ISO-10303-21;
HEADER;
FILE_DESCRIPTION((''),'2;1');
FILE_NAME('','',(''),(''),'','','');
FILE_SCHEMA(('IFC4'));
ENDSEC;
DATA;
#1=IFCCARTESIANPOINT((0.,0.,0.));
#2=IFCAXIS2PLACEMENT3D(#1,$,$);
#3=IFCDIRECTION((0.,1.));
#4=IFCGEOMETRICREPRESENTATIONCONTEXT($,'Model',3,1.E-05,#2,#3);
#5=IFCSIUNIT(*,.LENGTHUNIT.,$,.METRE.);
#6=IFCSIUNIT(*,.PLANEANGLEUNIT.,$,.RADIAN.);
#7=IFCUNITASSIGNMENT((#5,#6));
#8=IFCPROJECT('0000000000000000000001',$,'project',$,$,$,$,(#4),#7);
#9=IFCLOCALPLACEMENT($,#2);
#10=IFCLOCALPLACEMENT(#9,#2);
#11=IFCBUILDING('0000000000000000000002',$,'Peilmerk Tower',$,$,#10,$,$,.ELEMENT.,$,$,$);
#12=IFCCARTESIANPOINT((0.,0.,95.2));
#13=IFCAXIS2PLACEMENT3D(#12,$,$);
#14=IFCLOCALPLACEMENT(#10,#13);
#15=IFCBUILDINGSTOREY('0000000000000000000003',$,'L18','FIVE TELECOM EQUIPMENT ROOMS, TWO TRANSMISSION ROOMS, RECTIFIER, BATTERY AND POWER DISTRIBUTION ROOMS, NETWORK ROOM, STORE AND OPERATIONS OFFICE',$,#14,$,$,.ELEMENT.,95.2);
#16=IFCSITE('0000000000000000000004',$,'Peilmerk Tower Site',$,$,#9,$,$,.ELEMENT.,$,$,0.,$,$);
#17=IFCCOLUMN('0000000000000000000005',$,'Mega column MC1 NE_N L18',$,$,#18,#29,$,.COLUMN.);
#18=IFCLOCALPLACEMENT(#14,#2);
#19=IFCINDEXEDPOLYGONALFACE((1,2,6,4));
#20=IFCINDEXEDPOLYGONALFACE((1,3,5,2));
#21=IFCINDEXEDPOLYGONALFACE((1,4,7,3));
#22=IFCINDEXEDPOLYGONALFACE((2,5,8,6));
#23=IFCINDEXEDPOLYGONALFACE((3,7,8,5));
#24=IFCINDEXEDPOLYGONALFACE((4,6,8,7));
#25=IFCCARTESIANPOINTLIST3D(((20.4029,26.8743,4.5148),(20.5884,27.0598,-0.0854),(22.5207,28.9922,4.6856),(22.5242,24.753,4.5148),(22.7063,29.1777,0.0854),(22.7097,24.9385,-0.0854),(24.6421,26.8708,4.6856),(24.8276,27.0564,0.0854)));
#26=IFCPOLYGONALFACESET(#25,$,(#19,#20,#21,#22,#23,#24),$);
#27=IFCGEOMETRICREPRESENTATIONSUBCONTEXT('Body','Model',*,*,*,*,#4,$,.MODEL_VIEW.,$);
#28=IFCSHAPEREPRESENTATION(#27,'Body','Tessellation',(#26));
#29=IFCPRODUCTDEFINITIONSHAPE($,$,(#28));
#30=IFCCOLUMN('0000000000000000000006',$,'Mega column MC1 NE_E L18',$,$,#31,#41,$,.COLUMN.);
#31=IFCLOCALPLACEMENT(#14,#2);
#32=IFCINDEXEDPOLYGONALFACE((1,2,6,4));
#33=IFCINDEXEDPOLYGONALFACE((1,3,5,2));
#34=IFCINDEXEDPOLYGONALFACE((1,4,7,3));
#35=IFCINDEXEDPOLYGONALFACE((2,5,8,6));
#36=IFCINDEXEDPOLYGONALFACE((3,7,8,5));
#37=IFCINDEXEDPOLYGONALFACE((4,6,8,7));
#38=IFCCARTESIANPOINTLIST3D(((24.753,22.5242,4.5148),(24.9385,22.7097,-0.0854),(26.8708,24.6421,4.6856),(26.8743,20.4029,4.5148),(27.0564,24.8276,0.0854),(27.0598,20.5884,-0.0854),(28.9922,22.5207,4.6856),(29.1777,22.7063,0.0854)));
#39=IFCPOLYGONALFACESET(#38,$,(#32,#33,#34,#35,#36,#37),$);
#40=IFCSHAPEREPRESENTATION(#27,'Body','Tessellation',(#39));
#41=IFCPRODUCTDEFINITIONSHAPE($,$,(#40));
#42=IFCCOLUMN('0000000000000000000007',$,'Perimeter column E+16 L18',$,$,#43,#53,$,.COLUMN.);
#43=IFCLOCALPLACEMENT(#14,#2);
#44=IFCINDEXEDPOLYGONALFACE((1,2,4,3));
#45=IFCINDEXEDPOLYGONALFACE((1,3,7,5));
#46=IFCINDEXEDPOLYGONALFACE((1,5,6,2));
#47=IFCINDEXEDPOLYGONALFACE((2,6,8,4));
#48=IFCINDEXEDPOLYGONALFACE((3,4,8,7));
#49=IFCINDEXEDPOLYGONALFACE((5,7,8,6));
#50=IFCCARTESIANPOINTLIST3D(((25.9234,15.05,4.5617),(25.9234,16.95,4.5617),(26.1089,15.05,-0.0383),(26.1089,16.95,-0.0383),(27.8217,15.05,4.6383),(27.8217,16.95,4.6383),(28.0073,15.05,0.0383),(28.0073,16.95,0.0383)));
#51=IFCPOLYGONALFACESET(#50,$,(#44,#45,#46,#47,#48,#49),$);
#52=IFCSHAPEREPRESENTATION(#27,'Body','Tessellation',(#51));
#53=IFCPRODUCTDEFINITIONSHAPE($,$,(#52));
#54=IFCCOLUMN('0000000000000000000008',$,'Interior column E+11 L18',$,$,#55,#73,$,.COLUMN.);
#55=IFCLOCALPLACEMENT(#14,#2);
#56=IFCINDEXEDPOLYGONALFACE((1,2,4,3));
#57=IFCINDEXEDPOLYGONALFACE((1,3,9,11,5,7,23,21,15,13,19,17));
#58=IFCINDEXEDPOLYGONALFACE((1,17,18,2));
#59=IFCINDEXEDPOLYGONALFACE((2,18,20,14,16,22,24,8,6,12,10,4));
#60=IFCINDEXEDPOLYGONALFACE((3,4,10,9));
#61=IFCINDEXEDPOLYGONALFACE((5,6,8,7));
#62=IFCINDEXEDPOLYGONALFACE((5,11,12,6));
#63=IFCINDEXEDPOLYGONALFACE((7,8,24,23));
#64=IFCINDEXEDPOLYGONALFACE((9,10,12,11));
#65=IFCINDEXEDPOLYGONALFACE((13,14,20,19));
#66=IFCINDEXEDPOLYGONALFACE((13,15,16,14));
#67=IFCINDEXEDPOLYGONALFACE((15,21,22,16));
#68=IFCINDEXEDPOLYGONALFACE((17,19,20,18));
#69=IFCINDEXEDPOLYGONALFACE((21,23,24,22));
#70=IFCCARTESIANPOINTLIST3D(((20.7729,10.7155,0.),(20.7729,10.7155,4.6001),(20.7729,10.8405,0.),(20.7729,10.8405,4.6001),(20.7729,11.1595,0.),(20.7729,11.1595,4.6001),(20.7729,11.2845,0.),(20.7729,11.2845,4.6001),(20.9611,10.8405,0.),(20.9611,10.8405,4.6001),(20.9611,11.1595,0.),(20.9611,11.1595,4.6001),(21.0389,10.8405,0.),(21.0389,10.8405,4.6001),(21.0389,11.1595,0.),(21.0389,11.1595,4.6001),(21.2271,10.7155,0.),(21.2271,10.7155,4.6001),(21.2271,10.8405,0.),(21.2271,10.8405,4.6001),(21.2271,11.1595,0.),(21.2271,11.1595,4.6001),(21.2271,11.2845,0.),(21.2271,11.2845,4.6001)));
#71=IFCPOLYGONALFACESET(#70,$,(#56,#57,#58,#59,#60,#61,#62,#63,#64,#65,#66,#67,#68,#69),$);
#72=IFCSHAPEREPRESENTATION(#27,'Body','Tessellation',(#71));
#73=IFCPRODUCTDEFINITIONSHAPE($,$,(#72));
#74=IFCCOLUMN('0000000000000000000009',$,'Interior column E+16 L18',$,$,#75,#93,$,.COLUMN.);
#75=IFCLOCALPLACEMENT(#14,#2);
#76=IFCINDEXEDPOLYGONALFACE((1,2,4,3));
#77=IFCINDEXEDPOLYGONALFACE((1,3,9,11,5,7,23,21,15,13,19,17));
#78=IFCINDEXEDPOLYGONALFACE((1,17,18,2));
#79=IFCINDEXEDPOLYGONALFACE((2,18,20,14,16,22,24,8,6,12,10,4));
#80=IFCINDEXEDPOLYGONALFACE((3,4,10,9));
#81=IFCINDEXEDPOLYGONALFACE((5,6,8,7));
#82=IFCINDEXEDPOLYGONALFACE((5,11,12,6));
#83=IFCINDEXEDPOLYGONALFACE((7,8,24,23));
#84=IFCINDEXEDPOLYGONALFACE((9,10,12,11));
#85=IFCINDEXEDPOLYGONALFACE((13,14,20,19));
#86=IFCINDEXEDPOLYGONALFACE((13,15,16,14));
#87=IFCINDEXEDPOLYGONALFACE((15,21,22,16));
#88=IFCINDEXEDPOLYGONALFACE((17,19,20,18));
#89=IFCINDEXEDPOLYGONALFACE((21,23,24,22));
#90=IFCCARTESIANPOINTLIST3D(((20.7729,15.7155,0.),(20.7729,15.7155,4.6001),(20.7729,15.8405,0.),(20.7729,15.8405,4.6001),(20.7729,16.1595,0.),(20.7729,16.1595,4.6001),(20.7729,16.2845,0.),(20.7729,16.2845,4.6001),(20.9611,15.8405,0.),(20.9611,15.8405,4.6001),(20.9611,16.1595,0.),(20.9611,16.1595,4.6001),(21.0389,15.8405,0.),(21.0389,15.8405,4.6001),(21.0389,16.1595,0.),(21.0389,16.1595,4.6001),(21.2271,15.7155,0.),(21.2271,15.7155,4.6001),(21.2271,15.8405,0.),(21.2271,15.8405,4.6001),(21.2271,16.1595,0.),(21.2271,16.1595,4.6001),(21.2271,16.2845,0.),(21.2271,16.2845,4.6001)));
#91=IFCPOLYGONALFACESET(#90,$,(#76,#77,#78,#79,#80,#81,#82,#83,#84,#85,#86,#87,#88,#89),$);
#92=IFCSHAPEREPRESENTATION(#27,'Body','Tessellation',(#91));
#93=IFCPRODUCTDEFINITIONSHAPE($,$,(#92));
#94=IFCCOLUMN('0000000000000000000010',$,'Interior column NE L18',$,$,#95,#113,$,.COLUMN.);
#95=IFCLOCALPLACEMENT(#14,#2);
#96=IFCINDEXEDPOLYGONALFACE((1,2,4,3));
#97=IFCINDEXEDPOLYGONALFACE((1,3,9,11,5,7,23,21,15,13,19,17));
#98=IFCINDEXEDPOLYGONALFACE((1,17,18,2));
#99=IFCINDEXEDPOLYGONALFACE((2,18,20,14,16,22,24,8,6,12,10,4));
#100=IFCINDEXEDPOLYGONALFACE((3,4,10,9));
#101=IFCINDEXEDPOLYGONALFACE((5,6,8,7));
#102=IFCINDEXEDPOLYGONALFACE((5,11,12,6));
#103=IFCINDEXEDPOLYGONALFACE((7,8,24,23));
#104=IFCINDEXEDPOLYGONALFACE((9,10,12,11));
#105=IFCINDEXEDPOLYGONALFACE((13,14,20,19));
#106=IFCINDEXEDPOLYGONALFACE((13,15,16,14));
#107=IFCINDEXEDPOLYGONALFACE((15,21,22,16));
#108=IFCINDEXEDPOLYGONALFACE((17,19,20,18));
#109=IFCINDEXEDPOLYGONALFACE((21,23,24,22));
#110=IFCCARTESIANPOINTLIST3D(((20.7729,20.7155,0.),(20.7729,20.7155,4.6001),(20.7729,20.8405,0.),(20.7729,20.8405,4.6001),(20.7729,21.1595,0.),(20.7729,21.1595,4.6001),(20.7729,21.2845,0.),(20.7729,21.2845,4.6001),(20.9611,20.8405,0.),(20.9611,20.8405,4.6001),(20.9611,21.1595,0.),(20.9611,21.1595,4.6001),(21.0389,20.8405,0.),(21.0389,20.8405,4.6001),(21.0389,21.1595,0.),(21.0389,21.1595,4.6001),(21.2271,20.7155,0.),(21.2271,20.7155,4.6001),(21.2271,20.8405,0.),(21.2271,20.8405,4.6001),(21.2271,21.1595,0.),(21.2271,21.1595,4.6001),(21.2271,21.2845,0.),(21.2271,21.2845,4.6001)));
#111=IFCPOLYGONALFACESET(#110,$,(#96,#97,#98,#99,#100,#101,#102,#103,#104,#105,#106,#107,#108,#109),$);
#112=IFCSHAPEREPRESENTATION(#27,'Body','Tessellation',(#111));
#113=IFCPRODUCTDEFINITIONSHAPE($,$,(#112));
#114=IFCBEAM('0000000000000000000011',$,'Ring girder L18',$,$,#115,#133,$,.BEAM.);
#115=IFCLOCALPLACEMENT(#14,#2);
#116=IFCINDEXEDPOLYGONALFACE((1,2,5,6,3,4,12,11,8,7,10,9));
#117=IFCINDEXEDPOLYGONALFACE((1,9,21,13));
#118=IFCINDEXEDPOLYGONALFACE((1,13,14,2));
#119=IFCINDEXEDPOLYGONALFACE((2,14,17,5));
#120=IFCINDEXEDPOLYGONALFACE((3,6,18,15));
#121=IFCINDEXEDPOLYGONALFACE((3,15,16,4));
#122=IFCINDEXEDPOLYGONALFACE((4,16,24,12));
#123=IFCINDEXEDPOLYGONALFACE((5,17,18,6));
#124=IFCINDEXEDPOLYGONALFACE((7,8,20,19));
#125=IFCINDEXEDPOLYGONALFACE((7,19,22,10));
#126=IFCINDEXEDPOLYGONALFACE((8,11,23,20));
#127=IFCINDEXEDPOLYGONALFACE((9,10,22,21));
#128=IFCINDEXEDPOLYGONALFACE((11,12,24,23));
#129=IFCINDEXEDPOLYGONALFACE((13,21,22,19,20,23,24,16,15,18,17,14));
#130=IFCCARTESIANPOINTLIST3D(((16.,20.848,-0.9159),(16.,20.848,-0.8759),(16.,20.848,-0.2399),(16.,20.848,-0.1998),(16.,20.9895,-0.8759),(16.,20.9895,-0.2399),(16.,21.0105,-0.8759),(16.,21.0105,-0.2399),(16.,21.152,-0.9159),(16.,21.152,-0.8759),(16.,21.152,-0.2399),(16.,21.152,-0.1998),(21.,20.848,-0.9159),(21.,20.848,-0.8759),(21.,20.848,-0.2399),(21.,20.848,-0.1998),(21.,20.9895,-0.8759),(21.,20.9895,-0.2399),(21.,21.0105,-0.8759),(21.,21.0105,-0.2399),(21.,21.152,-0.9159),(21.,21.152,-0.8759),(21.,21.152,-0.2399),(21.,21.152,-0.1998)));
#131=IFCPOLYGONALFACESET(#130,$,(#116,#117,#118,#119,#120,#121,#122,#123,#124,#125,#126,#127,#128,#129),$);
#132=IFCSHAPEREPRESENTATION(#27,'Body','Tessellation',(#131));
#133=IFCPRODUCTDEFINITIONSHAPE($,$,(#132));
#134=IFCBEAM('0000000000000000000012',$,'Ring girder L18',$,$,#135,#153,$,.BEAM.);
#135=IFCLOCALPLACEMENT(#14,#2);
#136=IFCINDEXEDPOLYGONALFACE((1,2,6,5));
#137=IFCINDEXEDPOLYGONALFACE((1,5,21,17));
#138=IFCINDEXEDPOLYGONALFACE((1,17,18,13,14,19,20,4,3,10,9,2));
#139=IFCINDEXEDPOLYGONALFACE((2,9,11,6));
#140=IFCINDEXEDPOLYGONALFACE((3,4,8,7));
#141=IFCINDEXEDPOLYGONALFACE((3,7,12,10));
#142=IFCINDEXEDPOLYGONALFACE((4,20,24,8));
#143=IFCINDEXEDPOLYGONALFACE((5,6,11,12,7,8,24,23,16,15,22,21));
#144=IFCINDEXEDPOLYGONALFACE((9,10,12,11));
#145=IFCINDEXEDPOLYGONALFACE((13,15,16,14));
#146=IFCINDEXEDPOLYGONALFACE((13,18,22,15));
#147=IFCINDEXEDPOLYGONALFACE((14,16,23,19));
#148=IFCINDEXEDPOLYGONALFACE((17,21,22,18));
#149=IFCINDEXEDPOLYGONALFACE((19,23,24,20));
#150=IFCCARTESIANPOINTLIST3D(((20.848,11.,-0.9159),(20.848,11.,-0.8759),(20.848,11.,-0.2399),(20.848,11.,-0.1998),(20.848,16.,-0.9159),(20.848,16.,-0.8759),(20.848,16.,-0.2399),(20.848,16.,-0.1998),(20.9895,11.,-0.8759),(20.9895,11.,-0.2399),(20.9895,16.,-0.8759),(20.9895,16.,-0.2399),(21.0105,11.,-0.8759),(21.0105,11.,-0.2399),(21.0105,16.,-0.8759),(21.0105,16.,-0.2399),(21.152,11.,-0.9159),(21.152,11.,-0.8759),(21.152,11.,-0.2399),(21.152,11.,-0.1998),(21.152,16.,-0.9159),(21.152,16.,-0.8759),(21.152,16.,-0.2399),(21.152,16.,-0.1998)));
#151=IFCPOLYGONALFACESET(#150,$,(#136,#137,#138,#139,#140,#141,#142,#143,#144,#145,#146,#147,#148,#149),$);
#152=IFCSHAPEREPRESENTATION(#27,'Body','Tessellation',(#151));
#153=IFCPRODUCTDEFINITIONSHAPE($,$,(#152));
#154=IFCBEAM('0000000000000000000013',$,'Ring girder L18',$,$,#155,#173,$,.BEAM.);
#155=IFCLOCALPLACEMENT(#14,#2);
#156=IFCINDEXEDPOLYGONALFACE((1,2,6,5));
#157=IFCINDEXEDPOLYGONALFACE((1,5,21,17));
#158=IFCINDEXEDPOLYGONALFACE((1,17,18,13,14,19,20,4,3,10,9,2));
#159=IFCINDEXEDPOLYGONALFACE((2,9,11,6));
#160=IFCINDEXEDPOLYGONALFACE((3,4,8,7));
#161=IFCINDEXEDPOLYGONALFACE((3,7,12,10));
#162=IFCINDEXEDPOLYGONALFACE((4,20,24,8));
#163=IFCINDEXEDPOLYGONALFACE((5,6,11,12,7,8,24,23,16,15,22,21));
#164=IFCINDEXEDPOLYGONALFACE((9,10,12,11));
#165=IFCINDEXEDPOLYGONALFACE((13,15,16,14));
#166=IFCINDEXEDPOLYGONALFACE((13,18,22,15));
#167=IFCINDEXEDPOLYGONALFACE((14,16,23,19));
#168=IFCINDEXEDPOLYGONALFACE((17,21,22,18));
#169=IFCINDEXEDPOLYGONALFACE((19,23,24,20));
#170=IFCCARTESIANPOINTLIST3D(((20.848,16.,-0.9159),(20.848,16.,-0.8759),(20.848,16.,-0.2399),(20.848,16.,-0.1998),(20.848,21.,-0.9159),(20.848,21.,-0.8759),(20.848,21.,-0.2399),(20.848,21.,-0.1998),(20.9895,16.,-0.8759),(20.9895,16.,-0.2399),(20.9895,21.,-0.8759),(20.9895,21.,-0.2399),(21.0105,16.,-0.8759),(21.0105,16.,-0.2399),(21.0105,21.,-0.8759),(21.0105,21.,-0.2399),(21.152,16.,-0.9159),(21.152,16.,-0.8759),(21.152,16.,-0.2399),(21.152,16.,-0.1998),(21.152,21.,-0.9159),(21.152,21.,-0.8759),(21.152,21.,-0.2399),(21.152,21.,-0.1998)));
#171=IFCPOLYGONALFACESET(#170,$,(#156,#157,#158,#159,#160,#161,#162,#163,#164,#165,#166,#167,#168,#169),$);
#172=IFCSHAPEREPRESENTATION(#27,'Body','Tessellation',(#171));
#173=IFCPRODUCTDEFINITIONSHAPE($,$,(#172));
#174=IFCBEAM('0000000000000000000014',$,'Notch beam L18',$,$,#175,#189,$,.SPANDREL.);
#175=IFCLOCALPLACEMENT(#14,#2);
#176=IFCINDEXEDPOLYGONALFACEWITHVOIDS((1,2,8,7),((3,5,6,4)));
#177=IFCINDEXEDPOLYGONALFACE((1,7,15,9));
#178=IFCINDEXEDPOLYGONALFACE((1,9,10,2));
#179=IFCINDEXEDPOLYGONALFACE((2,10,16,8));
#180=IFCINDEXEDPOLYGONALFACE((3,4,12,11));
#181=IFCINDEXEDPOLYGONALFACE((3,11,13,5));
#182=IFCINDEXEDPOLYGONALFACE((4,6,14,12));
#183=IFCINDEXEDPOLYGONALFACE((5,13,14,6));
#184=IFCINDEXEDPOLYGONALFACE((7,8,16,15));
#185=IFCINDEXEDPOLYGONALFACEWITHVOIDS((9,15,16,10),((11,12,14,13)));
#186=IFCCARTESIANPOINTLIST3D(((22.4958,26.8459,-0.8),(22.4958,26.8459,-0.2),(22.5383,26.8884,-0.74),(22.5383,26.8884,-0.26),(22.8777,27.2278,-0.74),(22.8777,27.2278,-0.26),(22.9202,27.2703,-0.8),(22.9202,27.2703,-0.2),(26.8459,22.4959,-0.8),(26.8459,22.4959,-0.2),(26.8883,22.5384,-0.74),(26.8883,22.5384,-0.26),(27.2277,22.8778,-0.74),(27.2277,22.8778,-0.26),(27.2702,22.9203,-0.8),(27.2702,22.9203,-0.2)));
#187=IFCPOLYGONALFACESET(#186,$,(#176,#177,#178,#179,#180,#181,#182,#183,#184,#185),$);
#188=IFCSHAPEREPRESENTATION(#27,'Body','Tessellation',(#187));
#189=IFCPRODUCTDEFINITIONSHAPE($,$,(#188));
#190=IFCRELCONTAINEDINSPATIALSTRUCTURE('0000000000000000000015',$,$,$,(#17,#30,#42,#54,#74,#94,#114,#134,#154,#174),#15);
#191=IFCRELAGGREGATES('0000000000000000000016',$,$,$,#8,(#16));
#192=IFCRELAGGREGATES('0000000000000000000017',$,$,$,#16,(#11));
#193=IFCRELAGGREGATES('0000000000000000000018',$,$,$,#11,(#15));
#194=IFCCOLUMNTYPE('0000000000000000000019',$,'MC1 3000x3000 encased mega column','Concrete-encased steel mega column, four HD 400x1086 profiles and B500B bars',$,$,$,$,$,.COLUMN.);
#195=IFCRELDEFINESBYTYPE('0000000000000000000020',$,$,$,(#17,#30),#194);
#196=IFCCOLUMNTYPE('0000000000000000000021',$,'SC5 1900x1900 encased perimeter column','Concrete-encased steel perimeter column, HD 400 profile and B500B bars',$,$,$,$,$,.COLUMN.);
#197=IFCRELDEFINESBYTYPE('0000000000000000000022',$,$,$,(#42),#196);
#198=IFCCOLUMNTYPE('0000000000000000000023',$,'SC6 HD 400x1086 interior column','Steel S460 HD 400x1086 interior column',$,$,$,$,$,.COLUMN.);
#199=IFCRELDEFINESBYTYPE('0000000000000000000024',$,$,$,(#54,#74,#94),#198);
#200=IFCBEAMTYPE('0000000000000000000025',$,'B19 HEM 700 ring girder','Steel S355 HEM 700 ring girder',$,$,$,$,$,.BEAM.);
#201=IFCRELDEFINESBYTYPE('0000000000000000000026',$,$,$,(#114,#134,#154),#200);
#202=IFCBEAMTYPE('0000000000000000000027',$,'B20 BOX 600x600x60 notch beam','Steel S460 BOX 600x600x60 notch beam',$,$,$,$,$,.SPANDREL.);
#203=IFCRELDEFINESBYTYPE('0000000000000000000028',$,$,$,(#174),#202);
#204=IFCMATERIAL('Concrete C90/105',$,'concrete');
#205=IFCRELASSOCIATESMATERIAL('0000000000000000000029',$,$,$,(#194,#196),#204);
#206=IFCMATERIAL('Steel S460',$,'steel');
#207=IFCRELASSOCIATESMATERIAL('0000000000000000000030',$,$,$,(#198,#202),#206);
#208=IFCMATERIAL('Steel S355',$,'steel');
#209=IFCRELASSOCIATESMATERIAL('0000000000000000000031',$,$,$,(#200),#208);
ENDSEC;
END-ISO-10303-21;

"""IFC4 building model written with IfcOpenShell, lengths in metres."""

from ifc_helpers import new_model, si_unit, direction, frame, origin, origin_2d, place, context, subcontext, project, spatial, rectangle, hollow_rectangle, i_section, extrude, material, material_profile, profile_set, type_object, element, save


model = new_model("IFC4")

# Units and contexts
model_context = context("Model", 3, precision=1e-05, world=origin(), true_north=direction((0.0, 1.0)))
body_context = subcontext(model_context, "Body", "Model", "MODEL_VIEW")
ifc_project = project(units=[si_unit("LENGTHUNIT", "METRE"), si_unit("PLANEANGLEUNIT", "RADIAN")], contexts=[model_context])

# Site, building, storey
site_placement = place(None, origin())
site = spatial("IfcSite", under=ifc_project, at=site_placement, Name="Peilmerk Tower Site", CompositionType="ELEMENT", RefElevation=0.0)
building_placement = place(site_placement, origin())
building = spatial("IfcBuilding", under=site, at=building_placement, Name="Peilmerk Tower", CompositionType="ELEMENT")
storey_placement = place(building_placement, frame((0.0, 0.0, 95.2)))
storey = spatial("IfcBuildingStorey", under=building, at=storey_placement, Name="L18", Description="FIVE TELECOM EQUIPMENT ROOMS, TWO TRANSMISSION ROOMS, RECTIFIER, BATTERY AND POWER DISTRIBUTION ROOMS, NETWORK ROOM, STORE AND OPERATIONS OFFICE", CompositionType="ELEMENT", Elevation=95.2)

# Columns
ifc_material_1 = material(Name="Concrete C90/105", Category="concrete")
ifc_material_profile_1 = material_profile(ifc_material_1, rectangle(XDim=3.0, YDim=3.0, at=origin_2d()), Name="RC 3000x3000")
ifc_profile_set_1 = profile_set([ifc_material_profile_1], Name="Concrete C90/105")
column_type_1 = type_object("IfcColumnType", Name="MC1 3000x3000 encased mega column", Description="Concrete-encased steel mega column, four HD 400x1086 profiles and B500B bars", PredefinedType="COLUMN", material=ifc_profile_set_1)
for number, where, z_axis, x_axis, name in (
    (1, (22.708, 27.0581, 0.0), (-0.04027, -0.04027, 0.998377), (0.707107, -0.707107, 0.0), "Mega column MC1 NE_N L18"),
    (2, (27.0581, 22.708, 0.0), (-0.04027, -0.04027, 0.998377), (0.707107, -0.707107, 0.0), "Mega column MC1 NE_E L18"),
):
    element("IfcColumn", number, at=place(storey_placement, frame(where, z_axis=z_axis, x_axis=x_axis)), inside=storey, type_object=column_type_1, Name=name, PredefinedType="COLUMN", context=body_context, shape_type="SweptSolid", body=[
        extrude(rectangle(XDim=3.0, YDim=3.0, at=origin_2d()), origin(), (0.0, 0.0, 1.0), 4.6077),
    ])
ifc_material_profile_2 = material_profile(ifc_material_1, rectangle(XDim=1.8999, YDim=1.8999, at=origin_2d()), Name="RC 1900x1900")
ifc_profile_set_2 = profile_set([ifc_material_profile_2], Name="Concrete C90/105")
column_type_2 = type_object("IfcColumnType", Name="SC5 1900x1900 encased perimeter column", Description="Concrete-encased steel perimeter column, HD 400 profile and B500B bars", PredefinedType="COLUMN", material=ifc_profile_set_2)
column_placement = place(storey_placement, frame((27.0581, 16.0, 0.0), z_axis=(-0.040303, 0.0, 0.999188), x_axis=(0.0, -1.0, 0.0)))
element("IfcColumn", 3, at=column_placement, inside=storey, type_object=column_type_2, Name="Perimeter column E+16 L18", PredefinedType="COLUMN", context=body_context, shape_type="SweptSolid", body=[
    extrude(rectangle(XDim=1.8999, YDim=1.8999, at=origin_2d()), origin(), (0.0, 0.0, 1.0), 4.6038),
])
ifc_material_2 = material(Name="Steel S460", Category="steel")
ifc_material_profile_3 = material_profile(ifc_material_2, i_section(OverallWidth=0.4541, OverallDepth=0.5691, WebThickness=0.0779, FlangeThickness=0.125, at=origin_2d()), Name="HD 400x1086")
ifc_profile_set_3 = profile_set([ifc_material_profile_3], Name="Steel S460")
column_type_3 = type_object("IfcColumnType", Name="SC6 HD 400x1086 interior column", Description="Steel S460 HD 400x1086 interior column", PredefinedType="COLUMN", material=ifc_profile_set_3)
for number, where, z_axis, x_axis, name in (
    (4, (21.0, 11.0, 0.0), (0.0, 0.0, 1.0), (1.0, 0.0, 0.0), "Interior column E+11 L18"),
    (5, (21.0, 16.0, 0.0), (0.0, 0.0, 1.0), (1.0, 0.0, 0.0), "Interior column E+16 L18"),
    (6, (21.0, 21.0, 0.0), (0.0, 0.0, 1.0), (1.0, 0.0, 0.0), "Interior column NE L18"),
):
    element("IfcColumn", number, at=place(storey_placement, frame(where, z_axis=z_axis, x_axis=x_axis)), inside=storey, type_object=column_type_3, Name=name, PredefinedType="COLUMN", context=body_context, shape_type="SweptSolid", body=[
        extrude(i_section(OverallWidth=0.4541, OverallDepth=0.5691, WebThickness=0.0779, FlangeThickness=0.125, at=origin_2d()), origin(), (0.0, 0.0, 1.0), 4.6001),
    ])

# Beams
ifc_material_3 = material(Name="Steel S355", Category="steel")
ifc_material_profile_4 = material_profile(ifc_material_3, i_section(OverallWidth=0.304, OverallDepth=0.7161, WebThickness=0.021, FlangeThickness=0.04, at=origin_2d()), Name="HEM 700")
ifc_profile_set_4 = profile_set([ifc_material_profile_4], Name="Steel S355")
beam_type_1 = type_object("IfcBeamType", Name="B19 HEM 700 ring girder", Description="Steel S355 HEM 700 ring girder", PredefinedType="BEAM", material=ifc_profile_set_4)
for number, where, z_axis, x_axis, name in (
    (7, (21.0, 21.0, -0.5579), (-1.0, 0.0, 0.0), (0.0, -1.0, 0.0), "Ring girder L18"),
    (8, (21.0, 11.0, -0.5579), (0.0, 1.0, 0.0), (-1.0, 0.0, 0.0), "Ring girder L18"),
    (9, (21.0, 16.0, -0.5579), (0.0, 1.0, 0.0), (-1.0, 0.0, 0.0), "Ring girder L18"),
):
    element("IfcBeam", number, at=place(storey_placement, frame(where, z_axis=z_axis, x_axis=x_axis)), inside=storey, type_object=beam_type_1, Name=name, PredefinedType="BEAM", context=body_context, shape_type="SweptSolid", body=[
        extrude(i_section(OverallWidth=0.304, OverallDepth=0.7161, WebThickness=0.021, FlangeThickness=0.04, at=origin_2d()), origin(), (0.0, 0.0, 1.0), 5.0),
    ])
ifc_material_profile_5 = material_profile(ifc_material_2, hollow_rectangle(XDim=0.6001, YDim=0.6001, WallThickness=0.0601, at=origin_2d()), Name="BOX 600x600x60")
ifc_profile_set_5 = profile_set([ifc_material_profile_5], Name="Steel S460")
beam_type_2 = type_object("IfcBeamType", Name="B20 BOX 600x600x60 notch beam", Description="Steel S460 BOX 600x600x60 notch beam", PredefinedType="SPANDREL", material=ifc_profile_set_5)
beam_1_placement = place(storey_placement, frame((22.708, 27.0581, -0.5), z_axis=(0.707107, -0.707107, 0.0), x_axis=(0.707107, 0.707107, 0.0)))
element("IfcBeam", 10, at=beam_1_placement, inside=storey, type_object=beam_type_2, Name="Notch beam L18", PredefinedType="SPANDREL", context=body_context, shape_type="SweptSolid", body=[
    extrude(hollow_rectangle(XDim=0.6001, YDim=0.6001, WallThickness=0.0601, at=origin_2d()), origin(), (0.0, 0.0, 1.0), 6.1519),
])

save(model, "model.ifc")
